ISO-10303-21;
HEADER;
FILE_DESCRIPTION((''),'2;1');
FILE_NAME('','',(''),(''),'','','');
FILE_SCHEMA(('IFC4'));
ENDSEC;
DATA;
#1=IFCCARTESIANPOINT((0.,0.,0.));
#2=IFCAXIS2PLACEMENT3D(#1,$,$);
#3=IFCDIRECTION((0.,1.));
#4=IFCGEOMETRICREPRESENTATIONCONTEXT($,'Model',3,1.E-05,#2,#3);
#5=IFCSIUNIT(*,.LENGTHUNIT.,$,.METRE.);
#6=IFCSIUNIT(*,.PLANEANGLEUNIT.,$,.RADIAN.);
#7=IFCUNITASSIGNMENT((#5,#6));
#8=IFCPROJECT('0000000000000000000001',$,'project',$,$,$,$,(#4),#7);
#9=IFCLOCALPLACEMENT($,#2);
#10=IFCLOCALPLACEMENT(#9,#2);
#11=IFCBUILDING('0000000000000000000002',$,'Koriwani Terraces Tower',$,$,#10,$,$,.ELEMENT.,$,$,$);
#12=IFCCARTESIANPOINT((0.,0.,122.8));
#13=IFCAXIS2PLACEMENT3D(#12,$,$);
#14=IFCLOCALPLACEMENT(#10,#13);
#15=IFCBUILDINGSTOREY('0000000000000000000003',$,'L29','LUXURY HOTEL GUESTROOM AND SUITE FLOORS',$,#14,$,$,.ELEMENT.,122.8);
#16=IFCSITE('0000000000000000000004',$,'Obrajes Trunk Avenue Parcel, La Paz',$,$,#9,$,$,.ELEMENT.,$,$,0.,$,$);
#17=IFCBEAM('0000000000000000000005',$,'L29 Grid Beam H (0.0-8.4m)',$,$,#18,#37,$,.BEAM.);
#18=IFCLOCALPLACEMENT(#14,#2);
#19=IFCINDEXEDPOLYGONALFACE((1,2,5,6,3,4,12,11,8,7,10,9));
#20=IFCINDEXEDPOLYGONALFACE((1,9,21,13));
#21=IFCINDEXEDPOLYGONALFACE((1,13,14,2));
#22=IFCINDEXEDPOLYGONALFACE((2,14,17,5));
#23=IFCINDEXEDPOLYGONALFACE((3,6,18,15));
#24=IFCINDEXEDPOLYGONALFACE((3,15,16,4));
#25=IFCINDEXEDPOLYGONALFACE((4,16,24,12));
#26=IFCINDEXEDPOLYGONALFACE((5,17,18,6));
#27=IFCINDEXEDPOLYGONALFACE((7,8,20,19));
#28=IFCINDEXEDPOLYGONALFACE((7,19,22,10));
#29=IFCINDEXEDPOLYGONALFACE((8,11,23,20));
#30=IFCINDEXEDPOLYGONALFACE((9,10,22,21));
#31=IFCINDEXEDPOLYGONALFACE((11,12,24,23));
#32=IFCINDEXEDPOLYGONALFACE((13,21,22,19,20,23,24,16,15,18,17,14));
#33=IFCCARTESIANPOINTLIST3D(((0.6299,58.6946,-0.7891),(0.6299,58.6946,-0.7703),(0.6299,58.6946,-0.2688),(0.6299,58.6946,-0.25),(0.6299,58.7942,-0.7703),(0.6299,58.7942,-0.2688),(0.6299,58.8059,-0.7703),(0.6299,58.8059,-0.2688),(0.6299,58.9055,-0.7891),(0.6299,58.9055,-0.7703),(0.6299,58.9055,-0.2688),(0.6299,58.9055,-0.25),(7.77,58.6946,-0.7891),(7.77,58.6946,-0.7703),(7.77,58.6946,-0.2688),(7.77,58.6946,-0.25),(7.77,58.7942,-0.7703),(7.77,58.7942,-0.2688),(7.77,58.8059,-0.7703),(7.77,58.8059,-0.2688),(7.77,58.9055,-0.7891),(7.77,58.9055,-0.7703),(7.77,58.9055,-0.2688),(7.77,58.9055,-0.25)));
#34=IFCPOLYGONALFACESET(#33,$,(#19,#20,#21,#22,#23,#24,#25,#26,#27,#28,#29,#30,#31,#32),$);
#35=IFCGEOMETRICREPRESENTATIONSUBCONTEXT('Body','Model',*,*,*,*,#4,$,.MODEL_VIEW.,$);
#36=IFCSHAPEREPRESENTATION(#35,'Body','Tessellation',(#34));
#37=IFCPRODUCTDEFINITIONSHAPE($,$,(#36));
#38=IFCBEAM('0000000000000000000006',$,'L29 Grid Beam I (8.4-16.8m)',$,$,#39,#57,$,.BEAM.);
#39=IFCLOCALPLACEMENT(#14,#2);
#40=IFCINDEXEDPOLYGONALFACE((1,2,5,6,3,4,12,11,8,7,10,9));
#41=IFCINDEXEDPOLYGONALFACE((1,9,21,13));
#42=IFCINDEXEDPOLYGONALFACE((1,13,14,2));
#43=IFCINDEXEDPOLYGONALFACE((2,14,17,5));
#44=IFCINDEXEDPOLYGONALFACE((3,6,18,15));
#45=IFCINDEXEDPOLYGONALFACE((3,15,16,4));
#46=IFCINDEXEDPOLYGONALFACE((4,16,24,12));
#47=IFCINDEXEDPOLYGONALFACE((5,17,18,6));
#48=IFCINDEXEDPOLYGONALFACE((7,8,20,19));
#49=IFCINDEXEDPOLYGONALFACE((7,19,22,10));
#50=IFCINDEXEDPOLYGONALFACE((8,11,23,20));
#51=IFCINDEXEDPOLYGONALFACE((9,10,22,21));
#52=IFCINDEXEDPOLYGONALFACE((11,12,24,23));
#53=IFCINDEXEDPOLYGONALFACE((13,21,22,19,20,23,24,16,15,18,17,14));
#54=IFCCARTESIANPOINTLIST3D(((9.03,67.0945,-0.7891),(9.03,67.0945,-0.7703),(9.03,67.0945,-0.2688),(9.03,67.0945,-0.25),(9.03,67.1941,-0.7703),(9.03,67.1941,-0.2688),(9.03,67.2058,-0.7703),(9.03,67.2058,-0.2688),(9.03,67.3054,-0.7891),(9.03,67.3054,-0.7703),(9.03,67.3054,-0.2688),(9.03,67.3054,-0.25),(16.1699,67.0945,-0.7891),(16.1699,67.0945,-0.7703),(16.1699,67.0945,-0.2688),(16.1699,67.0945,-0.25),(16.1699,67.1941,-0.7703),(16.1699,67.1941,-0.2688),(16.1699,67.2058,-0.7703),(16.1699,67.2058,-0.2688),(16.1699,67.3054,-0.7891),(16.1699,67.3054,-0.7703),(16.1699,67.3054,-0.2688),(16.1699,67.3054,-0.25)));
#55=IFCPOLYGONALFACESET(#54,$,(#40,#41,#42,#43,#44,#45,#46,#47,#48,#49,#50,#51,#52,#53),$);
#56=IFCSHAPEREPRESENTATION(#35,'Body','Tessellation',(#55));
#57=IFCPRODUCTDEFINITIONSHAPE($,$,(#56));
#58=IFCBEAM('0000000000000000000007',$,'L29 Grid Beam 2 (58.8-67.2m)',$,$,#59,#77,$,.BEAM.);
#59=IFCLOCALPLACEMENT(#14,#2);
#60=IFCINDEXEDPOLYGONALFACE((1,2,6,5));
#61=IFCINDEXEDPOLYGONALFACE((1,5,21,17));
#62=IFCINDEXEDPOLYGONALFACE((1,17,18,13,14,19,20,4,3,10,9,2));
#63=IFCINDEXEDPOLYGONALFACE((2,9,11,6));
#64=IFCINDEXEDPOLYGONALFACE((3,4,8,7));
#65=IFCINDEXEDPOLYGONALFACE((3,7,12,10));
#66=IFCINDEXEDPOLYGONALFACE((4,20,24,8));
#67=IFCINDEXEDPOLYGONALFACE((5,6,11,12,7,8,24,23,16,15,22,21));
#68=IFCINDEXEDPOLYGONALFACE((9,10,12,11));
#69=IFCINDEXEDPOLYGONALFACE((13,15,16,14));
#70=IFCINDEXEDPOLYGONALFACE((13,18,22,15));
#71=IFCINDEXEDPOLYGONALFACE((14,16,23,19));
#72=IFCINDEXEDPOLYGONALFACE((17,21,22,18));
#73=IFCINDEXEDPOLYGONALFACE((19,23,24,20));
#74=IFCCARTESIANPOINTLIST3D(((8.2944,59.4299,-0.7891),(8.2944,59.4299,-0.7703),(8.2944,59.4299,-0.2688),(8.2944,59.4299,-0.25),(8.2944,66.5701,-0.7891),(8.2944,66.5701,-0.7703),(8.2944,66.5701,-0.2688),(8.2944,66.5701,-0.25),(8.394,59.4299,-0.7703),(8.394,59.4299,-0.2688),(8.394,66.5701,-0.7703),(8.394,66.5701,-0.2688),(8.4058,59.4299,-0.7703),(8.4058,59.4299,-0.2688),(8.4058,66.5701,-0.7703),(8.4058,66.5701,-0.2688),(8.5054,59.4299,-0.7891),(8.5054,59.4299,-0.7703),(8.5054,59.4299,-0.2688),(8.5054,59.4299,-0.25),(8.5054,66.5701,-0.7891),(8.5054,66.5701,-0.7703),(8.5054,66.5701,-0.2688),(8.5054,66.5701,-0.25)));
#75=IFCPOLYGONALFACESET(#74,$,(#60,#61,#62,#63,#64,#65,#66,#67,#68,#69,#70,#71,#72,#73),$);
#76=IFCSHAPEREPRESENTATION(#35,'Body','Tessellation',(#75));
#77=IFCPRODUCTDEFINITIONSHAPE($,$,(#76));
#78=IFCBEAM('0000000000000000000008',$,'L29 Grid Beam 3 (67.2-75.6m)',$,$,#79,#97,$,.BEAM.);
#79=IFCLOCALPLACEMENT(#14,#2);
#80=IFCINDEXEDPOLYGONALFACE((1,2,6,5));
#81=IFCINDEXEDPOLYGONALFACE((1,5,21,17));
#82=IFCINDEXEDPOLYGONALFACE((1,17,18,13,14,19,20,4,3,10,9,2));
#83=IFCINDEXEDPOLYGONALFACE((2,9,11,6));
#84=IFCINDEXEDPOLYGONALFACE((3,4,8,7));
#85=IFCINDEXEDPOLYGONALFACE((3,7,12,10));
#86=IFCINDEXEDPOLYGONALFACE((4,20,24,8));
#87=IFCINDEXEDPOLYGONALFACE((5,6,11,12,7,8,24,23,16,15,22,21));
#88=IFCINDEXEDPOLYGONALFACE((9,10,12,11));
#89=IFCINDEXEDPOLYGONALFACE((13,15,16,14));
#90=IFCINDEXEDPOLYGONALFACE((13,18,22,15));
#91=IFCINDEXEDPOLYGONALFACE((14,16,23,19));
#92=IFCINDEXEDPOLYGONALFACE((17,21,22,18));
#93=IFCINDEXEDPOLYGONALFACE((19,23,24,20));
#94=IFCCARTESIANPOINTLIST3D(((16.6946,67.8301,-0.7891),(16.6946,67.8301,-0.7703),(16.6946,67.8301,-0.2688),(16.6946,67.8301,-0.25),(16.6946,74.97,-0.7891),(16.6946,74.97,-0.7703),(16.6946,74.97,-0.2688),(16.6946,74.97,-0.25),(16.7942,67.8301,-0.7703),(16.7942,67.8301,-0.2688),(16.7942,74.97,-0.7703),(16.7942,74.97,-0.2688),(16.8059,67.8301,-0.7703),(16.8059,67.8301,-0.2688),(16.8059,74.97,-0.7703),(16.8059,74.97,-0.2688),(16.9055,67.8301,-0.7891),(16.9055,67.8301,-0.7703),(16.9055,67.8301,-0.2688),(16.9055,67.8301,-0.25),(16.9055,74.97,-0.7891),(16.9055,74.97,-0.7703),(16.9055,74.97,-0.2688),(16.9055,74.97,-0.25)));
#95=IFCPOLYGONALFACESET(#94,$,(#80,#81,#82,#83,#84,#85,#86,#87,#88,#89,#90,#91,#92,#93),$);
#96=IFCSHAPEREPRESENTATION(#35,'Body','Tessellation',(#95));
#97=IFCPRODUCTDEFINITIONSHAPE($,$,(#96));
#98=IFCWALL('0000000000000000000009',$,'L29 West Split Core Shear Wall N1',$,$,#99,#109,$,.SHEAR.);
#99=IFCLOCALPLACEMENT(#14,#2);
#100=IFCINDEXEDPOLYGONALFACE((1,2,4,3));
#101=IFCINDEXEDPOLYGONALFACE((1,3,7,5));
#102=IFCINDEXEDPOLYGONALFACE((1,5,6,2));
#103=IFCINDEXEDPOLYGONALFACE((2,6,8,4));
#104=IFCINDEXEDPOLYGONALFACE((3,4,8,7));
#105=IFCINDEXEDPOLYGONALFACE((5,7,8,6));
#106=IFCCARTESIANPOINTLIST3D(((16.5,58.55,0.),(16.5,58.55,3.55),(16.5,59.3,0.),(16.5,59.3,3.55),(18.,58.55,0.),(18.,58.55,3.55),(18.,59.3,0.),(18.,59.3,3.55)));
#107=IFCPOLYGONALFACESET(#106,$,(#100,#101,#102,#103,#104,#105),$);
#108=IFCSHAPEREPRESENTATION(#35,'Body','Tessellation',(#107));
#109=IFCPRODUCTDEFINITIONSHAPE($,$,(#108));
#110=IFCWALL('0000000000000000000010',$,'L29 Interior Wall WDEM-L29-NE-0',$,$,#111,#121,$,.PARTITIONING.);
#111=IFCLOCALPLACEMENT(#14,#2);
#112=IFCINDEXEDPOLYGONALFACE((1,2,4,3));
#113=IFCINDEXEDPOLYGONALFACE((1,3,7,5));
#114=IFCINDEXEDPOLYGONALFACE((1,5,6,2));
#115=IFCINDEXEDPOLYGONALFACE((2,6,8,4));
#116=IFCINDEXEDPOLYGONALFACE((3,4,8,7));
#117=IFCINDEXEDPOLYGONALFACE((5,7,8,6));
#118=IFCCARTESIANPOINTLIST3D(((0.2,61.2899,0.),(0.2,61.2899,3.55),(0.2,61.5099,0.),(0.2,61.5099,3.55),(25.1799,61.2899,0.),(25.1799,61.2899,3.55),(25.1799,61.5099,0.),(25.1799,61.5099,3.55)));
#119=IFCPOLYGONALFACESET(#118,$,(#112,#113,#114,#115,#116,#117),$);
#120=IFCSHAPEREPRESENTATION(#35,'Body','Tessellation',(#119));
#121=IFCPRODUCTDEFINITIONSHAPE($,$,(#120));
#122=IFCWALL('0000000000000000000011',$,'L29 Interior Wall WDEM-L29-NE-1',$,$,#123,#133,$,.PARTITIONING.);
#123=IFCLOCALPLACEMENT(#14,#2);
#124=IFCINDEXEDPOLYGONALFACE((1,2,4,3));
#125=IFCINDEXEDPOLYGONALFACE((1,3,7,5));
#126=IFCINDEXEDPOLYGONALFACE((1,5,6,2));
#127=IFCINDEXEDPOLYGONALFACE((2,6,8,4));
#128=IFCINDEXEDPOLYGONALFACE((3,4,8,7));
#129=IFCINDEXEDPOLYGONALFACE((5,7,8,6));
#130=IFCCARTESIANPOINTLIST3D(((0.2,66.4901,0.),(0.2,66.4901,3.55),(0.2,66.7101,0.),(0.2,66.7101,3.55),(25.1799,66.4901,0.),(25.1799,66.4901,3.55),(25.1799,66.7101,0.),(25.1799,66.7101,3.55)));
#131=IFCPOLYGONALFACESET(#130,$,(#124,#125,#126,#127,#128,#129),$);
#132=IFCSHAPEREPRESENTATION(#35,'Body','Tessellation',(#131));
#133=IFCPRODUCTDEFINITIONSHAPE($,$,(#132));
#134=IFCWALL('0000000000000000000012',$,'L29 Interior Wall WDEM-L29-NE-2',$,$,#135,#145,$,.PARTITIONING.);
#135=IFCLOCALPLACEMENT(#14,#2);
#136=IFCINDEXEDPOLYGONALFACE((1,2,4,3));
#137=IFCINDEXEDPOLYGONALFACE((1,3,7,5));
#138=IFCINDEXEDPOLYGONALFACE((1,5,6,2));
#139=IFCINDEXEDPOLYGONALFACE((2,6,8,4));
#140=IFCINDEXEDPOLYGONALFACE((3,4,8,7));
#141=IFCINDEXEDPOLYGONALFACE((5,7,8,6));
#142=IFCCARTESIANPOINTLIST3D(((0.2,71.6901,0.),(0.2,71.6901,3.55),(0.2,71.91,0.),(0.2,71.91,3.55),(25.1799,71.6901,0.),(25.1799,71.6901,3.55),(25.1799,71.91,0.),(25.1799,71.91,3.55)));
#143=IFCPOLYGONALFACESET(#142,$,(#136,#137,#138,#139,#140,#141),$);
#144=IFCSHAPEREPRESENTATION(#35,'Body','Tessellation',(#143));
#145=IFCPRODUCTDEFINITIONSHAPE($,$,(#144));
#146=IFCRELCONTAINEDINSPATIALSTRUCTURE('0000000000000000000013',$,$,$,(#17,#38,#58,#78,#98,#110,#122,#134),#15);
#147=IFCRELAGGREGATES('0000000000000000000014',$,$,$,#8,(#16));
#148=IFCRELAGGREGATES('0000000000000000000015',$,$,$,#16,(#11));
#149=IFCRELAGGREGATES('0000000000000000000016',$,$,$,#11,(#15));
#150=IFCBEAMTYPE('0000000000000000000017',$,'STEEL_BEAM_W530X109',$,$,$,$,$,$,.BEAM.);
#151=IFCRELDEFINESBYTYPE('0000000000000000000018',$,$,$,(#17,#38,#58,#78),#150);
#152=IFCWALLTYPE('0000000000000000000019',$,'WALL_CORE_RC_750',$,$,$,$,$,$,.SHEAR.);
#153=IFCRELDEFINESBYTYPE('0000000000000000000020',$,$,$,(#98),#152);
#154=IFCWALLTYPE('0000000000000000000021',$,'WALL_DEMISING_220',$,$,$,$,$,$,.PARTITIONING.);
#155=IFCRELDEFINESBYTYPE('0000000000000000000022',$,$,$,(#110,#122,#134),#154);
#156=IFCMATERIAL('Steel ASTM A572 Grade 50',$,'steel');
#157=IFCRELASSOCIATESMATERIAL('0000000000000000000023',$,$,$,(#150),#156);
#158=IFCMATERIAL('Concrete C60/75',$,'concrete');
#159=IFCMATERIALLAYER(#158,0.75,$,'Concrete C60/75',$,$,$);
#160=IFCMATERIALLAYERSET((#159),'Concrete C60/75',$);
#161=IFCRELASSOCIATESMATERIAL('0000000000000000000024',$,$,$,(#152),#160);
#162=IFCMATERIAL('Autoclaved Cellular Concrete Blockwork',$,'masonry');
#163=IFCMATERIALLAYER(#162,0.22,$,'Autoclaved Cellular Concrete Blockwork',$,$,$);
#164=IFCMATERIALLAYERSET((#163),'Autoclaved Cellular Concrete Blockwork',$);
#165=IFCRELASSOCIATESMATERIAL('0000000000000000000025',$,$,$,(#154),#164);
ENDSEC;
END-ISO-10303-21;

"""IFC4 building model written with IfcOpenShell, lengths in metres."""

from ifc_helpers import new_model, si_unit, direction, frame, frame_2d, origin, origin_2d, place, context, subcontext, project, spatial, rectangle, i_section, extrude, material, layer, layer_set, material_profile, profile_set, type_object, element, save


model = new_model("IFC4")

# Units and contexts
model_context = context("Model", 3, precision=1e-05, world=origin(), true_north=direction((0.0, 1.0)))
body_context = subcontext(model_context, "Body", "Model", "MODEL_VIEW")
ifc_project = project(units=[si_unit("LENGTHUNIT", "METRE"), si_unit("PLANEANGLEUNIT", "RADIAN")], contexts=[model_context])

# Site, building, storey
site_placement = place(None, origin())
site = spatial("IfcSite", under=ifc_project, at=site_placement, Name="Obrajes Trunk Avenue Parcel, La Paz", CompositionType="ELEMENT", RefElevation=0.0)
building_placement = place(site_placement, origin())
building = spatial("IfcBuilding", under=site, at=building_placement, Name="Koriwani Terraces Tower", CompositionType="ELEMENT")
storey_placement = place(building_placement, frame((0.0, 0.0, 122.8)))
storey = spatial("IfcBuildingStorey", under=building, at=storey_placement, Name="L29", Description="LUXURY HOTEL GUESTROOM AND SUITE FLOORS", CompositionType="ELEMENT", Elevation=122.8)

# Shared definitions
ifc_material_1 = material(Name="Concrete C60/75", Category="concrete")

# Beams
ifc_material_2 = material(Name="Steel ASTM A572 Grade 50", Category="steel")
ifc_material_profile_1 = material_profile(ifc_material_2, i_section(OverallWidth=0.2109, OverallDepth=0.5391, WebThickness=0.0117, FlangeThickness=0.0188, at=origin_2d()), Name="Steel ASTM A572 Grade 50", Category="LoadBearing")
ifc_profile_set_1 = profile_set([ifc_material_profile_1], Name="Steel ASTM A572 Grade 50")
beam_type_1 = type_object("IfcBeamType", Name="STEEL_BEAM_W530X109", PredefinedType="BEAM", material=ifc_profile_set_1)
beam_1_placement = place(storey_placement, frame((0.6299, 58.8, -0.5195), z_axis=(1.0, 0.0, 0.0), x_axis=(0.0, 1.0, 0.0)))
element("IfcBeam", 1, at=beam_1_placement, inside=storey, type_object=beam_type_1, Name="L29 Grid Beam H (0.0-8.4m)", PredefinedType="BEAM", context=body_context, shape_type="SweptSolid", body=[
    extrude(i_section(OverallWidth=0.2109, OverallDepth=0.5391, WebThickness=0.0117, FlangeThickness=0.0188, at=origin_2d()), origin(), (0.0, 0.0, 1.0), 7.1401),
])
beam_2_placement = place(storey_placement, frame((9.03, 67.2, -0.5195), z_axis=(1.0, 0.0, 0.0), x_axis=(0.0, 1.0, 0.0)))
element("IfcBeam", 2, at=beam_2_placement, inside=storey, type_object=beam_type_1, Name="L29 Grid Beam I (8.4-16.8m)", PredefinedType="BEAM", context=body_context, shape_type="SweptSolid", body=[
    extrude(i_section(OverallWidth=0.2109, OverallDepth=0.5391, WebThickness=0.0117, FlangeThickness=0.0188, at=origin_2d()), origin(), (0.0, 0.0, 1.0), 7.1399),
])
beam_3_placement = place(storey_placement, frame((8.3999, 59.4299, -0.5195), z_axis=(0.0, 1.0, 0.0), x_axis=(-1.0, 0.0, 0.0)))
element("IfcBeam", 3, at=beam_3_placement, inside=storey, type_object=beam_type_1, Name="L29 Grid Beam 2 (58.8-67.2m)", PredefinedType="BEAM", context=body_context, shape_type="SweptSolid", body=[
    extrude(i_section(OverallWidth=0.2109, OverallDepth=0.5391, WebThickness=0.0117, FlangeThickness=0.0188, at=origin_2d()), origin(), (0.0, 0.0, 1.0), 7.1401),
])
beam_4_placement = place(storey_placement, frame((16.8, 67.8301, -0.5195), z_axis=(0.0, 1.0, 0.0), x_axis=(-1.0, 0.0, 0.0)))
element("IfcBeam", 4, at=beam_4_placement, inside=storey, type_object=beam_type_1, Name="L29 Grid Beam 3 (67.2-75.6m)", PredefinedType="BEAM", context=body_context, shape_type="SweptSolid", body=[
    extrude(i_section(OverallWidth=0.2109, OverallDepth=0.5391, WebThickness=0.0117, FlangeThickness=0.0188, at=origin_2d()), origin(), (0.0, 0.0, 1.0), 7.1399),
])

# Walls
ifc_layer_1 = layer(ifc_material_1, 0.75, Name="Concrete C60/75")
ifc_layer_set_1 = layer_set([ifc_layer_1], Name="Concrete C60/75")
wall_type_1 = type_object("IfcWallType", Name="WALL_CORE_RC_750", PredefinedType="SHEAR", material=ifc_layer_set_1)
wall_1_placement = place(storey_placement, frame((16.5, 58.925, 0.0), z_axis=(0.0, 0.0, 1.0), x_axis=(1.0, 0.0, 0.0)))
element("IfcWall", 5, at=wall_1_placement, inside=storey, type_object=wall_type_1, Name="L29 West Split Core Shear Wall N1", PredefinedType="SHEAR", context=body_context, shape_type="SweptSolid", body=[
    extrude(rectangle(XDim=1.5, YDim=0.75, at=frame_2d((0.75, 0.0))), origin(), (0.0, 0.0, 1.0), 3.55),
])
ifc_material_3 = material(Name="Autoclaved Cellular Concrete Blockwork", Category="masonry")
ifc_layer_2 = layer(ifc_material_3, 0.22, Name="Autoclaved Cellular Concrete Blockwork")
ifc_layer_set_2 = layer_set([ifc_layer_2], Name="Autoclaved Cellular Concrete Blockwork")
wall_type_2 = type_object("IfcWallType", Name="WALL_DEMISING_220", PredefinedType="PARTITIONING", material=ifc_layer_set_2)
for number, where, z_axis, x_axis, name in (
    (6, (0.2, 61.3999, 0.0), (0.0, 0.0, 1.0), (1.0, 0.0, 0.0), "L29 Interior Wall WDEM-L29-NE-0"),
    (7, (0.2, 66.6001, 0.0), (0.0, 0.0, 1.0), (1.0, 0.0, 0.0), "L29 Interior Wall WDEM-L29-NE-1"),
    (8, (0.2, 71.8, 0.0), (0.0, 0.0, 1.0), (1.0, 0.0, 0.0), "L29 Interior Wall WDEM-L29-NE-2"),
):
    element("IfcWall", number, at=place(storey_placement, frame(where, z_axis=z_axis, x_axis=x_axis)), inside=storey, type_object=wall_type_2, Name=name, PredefinedType="PARTITIONING", context=body_context, shape_type="SweptSolid", body=[
        extrude(rectangle(XDim=24.98, YDim=0.22, at=frame_2d((12.49, 0.0))), origin(), (0.0, 0.0, 1.0), 3.55),
    ])

save(model, "model.ifc")
